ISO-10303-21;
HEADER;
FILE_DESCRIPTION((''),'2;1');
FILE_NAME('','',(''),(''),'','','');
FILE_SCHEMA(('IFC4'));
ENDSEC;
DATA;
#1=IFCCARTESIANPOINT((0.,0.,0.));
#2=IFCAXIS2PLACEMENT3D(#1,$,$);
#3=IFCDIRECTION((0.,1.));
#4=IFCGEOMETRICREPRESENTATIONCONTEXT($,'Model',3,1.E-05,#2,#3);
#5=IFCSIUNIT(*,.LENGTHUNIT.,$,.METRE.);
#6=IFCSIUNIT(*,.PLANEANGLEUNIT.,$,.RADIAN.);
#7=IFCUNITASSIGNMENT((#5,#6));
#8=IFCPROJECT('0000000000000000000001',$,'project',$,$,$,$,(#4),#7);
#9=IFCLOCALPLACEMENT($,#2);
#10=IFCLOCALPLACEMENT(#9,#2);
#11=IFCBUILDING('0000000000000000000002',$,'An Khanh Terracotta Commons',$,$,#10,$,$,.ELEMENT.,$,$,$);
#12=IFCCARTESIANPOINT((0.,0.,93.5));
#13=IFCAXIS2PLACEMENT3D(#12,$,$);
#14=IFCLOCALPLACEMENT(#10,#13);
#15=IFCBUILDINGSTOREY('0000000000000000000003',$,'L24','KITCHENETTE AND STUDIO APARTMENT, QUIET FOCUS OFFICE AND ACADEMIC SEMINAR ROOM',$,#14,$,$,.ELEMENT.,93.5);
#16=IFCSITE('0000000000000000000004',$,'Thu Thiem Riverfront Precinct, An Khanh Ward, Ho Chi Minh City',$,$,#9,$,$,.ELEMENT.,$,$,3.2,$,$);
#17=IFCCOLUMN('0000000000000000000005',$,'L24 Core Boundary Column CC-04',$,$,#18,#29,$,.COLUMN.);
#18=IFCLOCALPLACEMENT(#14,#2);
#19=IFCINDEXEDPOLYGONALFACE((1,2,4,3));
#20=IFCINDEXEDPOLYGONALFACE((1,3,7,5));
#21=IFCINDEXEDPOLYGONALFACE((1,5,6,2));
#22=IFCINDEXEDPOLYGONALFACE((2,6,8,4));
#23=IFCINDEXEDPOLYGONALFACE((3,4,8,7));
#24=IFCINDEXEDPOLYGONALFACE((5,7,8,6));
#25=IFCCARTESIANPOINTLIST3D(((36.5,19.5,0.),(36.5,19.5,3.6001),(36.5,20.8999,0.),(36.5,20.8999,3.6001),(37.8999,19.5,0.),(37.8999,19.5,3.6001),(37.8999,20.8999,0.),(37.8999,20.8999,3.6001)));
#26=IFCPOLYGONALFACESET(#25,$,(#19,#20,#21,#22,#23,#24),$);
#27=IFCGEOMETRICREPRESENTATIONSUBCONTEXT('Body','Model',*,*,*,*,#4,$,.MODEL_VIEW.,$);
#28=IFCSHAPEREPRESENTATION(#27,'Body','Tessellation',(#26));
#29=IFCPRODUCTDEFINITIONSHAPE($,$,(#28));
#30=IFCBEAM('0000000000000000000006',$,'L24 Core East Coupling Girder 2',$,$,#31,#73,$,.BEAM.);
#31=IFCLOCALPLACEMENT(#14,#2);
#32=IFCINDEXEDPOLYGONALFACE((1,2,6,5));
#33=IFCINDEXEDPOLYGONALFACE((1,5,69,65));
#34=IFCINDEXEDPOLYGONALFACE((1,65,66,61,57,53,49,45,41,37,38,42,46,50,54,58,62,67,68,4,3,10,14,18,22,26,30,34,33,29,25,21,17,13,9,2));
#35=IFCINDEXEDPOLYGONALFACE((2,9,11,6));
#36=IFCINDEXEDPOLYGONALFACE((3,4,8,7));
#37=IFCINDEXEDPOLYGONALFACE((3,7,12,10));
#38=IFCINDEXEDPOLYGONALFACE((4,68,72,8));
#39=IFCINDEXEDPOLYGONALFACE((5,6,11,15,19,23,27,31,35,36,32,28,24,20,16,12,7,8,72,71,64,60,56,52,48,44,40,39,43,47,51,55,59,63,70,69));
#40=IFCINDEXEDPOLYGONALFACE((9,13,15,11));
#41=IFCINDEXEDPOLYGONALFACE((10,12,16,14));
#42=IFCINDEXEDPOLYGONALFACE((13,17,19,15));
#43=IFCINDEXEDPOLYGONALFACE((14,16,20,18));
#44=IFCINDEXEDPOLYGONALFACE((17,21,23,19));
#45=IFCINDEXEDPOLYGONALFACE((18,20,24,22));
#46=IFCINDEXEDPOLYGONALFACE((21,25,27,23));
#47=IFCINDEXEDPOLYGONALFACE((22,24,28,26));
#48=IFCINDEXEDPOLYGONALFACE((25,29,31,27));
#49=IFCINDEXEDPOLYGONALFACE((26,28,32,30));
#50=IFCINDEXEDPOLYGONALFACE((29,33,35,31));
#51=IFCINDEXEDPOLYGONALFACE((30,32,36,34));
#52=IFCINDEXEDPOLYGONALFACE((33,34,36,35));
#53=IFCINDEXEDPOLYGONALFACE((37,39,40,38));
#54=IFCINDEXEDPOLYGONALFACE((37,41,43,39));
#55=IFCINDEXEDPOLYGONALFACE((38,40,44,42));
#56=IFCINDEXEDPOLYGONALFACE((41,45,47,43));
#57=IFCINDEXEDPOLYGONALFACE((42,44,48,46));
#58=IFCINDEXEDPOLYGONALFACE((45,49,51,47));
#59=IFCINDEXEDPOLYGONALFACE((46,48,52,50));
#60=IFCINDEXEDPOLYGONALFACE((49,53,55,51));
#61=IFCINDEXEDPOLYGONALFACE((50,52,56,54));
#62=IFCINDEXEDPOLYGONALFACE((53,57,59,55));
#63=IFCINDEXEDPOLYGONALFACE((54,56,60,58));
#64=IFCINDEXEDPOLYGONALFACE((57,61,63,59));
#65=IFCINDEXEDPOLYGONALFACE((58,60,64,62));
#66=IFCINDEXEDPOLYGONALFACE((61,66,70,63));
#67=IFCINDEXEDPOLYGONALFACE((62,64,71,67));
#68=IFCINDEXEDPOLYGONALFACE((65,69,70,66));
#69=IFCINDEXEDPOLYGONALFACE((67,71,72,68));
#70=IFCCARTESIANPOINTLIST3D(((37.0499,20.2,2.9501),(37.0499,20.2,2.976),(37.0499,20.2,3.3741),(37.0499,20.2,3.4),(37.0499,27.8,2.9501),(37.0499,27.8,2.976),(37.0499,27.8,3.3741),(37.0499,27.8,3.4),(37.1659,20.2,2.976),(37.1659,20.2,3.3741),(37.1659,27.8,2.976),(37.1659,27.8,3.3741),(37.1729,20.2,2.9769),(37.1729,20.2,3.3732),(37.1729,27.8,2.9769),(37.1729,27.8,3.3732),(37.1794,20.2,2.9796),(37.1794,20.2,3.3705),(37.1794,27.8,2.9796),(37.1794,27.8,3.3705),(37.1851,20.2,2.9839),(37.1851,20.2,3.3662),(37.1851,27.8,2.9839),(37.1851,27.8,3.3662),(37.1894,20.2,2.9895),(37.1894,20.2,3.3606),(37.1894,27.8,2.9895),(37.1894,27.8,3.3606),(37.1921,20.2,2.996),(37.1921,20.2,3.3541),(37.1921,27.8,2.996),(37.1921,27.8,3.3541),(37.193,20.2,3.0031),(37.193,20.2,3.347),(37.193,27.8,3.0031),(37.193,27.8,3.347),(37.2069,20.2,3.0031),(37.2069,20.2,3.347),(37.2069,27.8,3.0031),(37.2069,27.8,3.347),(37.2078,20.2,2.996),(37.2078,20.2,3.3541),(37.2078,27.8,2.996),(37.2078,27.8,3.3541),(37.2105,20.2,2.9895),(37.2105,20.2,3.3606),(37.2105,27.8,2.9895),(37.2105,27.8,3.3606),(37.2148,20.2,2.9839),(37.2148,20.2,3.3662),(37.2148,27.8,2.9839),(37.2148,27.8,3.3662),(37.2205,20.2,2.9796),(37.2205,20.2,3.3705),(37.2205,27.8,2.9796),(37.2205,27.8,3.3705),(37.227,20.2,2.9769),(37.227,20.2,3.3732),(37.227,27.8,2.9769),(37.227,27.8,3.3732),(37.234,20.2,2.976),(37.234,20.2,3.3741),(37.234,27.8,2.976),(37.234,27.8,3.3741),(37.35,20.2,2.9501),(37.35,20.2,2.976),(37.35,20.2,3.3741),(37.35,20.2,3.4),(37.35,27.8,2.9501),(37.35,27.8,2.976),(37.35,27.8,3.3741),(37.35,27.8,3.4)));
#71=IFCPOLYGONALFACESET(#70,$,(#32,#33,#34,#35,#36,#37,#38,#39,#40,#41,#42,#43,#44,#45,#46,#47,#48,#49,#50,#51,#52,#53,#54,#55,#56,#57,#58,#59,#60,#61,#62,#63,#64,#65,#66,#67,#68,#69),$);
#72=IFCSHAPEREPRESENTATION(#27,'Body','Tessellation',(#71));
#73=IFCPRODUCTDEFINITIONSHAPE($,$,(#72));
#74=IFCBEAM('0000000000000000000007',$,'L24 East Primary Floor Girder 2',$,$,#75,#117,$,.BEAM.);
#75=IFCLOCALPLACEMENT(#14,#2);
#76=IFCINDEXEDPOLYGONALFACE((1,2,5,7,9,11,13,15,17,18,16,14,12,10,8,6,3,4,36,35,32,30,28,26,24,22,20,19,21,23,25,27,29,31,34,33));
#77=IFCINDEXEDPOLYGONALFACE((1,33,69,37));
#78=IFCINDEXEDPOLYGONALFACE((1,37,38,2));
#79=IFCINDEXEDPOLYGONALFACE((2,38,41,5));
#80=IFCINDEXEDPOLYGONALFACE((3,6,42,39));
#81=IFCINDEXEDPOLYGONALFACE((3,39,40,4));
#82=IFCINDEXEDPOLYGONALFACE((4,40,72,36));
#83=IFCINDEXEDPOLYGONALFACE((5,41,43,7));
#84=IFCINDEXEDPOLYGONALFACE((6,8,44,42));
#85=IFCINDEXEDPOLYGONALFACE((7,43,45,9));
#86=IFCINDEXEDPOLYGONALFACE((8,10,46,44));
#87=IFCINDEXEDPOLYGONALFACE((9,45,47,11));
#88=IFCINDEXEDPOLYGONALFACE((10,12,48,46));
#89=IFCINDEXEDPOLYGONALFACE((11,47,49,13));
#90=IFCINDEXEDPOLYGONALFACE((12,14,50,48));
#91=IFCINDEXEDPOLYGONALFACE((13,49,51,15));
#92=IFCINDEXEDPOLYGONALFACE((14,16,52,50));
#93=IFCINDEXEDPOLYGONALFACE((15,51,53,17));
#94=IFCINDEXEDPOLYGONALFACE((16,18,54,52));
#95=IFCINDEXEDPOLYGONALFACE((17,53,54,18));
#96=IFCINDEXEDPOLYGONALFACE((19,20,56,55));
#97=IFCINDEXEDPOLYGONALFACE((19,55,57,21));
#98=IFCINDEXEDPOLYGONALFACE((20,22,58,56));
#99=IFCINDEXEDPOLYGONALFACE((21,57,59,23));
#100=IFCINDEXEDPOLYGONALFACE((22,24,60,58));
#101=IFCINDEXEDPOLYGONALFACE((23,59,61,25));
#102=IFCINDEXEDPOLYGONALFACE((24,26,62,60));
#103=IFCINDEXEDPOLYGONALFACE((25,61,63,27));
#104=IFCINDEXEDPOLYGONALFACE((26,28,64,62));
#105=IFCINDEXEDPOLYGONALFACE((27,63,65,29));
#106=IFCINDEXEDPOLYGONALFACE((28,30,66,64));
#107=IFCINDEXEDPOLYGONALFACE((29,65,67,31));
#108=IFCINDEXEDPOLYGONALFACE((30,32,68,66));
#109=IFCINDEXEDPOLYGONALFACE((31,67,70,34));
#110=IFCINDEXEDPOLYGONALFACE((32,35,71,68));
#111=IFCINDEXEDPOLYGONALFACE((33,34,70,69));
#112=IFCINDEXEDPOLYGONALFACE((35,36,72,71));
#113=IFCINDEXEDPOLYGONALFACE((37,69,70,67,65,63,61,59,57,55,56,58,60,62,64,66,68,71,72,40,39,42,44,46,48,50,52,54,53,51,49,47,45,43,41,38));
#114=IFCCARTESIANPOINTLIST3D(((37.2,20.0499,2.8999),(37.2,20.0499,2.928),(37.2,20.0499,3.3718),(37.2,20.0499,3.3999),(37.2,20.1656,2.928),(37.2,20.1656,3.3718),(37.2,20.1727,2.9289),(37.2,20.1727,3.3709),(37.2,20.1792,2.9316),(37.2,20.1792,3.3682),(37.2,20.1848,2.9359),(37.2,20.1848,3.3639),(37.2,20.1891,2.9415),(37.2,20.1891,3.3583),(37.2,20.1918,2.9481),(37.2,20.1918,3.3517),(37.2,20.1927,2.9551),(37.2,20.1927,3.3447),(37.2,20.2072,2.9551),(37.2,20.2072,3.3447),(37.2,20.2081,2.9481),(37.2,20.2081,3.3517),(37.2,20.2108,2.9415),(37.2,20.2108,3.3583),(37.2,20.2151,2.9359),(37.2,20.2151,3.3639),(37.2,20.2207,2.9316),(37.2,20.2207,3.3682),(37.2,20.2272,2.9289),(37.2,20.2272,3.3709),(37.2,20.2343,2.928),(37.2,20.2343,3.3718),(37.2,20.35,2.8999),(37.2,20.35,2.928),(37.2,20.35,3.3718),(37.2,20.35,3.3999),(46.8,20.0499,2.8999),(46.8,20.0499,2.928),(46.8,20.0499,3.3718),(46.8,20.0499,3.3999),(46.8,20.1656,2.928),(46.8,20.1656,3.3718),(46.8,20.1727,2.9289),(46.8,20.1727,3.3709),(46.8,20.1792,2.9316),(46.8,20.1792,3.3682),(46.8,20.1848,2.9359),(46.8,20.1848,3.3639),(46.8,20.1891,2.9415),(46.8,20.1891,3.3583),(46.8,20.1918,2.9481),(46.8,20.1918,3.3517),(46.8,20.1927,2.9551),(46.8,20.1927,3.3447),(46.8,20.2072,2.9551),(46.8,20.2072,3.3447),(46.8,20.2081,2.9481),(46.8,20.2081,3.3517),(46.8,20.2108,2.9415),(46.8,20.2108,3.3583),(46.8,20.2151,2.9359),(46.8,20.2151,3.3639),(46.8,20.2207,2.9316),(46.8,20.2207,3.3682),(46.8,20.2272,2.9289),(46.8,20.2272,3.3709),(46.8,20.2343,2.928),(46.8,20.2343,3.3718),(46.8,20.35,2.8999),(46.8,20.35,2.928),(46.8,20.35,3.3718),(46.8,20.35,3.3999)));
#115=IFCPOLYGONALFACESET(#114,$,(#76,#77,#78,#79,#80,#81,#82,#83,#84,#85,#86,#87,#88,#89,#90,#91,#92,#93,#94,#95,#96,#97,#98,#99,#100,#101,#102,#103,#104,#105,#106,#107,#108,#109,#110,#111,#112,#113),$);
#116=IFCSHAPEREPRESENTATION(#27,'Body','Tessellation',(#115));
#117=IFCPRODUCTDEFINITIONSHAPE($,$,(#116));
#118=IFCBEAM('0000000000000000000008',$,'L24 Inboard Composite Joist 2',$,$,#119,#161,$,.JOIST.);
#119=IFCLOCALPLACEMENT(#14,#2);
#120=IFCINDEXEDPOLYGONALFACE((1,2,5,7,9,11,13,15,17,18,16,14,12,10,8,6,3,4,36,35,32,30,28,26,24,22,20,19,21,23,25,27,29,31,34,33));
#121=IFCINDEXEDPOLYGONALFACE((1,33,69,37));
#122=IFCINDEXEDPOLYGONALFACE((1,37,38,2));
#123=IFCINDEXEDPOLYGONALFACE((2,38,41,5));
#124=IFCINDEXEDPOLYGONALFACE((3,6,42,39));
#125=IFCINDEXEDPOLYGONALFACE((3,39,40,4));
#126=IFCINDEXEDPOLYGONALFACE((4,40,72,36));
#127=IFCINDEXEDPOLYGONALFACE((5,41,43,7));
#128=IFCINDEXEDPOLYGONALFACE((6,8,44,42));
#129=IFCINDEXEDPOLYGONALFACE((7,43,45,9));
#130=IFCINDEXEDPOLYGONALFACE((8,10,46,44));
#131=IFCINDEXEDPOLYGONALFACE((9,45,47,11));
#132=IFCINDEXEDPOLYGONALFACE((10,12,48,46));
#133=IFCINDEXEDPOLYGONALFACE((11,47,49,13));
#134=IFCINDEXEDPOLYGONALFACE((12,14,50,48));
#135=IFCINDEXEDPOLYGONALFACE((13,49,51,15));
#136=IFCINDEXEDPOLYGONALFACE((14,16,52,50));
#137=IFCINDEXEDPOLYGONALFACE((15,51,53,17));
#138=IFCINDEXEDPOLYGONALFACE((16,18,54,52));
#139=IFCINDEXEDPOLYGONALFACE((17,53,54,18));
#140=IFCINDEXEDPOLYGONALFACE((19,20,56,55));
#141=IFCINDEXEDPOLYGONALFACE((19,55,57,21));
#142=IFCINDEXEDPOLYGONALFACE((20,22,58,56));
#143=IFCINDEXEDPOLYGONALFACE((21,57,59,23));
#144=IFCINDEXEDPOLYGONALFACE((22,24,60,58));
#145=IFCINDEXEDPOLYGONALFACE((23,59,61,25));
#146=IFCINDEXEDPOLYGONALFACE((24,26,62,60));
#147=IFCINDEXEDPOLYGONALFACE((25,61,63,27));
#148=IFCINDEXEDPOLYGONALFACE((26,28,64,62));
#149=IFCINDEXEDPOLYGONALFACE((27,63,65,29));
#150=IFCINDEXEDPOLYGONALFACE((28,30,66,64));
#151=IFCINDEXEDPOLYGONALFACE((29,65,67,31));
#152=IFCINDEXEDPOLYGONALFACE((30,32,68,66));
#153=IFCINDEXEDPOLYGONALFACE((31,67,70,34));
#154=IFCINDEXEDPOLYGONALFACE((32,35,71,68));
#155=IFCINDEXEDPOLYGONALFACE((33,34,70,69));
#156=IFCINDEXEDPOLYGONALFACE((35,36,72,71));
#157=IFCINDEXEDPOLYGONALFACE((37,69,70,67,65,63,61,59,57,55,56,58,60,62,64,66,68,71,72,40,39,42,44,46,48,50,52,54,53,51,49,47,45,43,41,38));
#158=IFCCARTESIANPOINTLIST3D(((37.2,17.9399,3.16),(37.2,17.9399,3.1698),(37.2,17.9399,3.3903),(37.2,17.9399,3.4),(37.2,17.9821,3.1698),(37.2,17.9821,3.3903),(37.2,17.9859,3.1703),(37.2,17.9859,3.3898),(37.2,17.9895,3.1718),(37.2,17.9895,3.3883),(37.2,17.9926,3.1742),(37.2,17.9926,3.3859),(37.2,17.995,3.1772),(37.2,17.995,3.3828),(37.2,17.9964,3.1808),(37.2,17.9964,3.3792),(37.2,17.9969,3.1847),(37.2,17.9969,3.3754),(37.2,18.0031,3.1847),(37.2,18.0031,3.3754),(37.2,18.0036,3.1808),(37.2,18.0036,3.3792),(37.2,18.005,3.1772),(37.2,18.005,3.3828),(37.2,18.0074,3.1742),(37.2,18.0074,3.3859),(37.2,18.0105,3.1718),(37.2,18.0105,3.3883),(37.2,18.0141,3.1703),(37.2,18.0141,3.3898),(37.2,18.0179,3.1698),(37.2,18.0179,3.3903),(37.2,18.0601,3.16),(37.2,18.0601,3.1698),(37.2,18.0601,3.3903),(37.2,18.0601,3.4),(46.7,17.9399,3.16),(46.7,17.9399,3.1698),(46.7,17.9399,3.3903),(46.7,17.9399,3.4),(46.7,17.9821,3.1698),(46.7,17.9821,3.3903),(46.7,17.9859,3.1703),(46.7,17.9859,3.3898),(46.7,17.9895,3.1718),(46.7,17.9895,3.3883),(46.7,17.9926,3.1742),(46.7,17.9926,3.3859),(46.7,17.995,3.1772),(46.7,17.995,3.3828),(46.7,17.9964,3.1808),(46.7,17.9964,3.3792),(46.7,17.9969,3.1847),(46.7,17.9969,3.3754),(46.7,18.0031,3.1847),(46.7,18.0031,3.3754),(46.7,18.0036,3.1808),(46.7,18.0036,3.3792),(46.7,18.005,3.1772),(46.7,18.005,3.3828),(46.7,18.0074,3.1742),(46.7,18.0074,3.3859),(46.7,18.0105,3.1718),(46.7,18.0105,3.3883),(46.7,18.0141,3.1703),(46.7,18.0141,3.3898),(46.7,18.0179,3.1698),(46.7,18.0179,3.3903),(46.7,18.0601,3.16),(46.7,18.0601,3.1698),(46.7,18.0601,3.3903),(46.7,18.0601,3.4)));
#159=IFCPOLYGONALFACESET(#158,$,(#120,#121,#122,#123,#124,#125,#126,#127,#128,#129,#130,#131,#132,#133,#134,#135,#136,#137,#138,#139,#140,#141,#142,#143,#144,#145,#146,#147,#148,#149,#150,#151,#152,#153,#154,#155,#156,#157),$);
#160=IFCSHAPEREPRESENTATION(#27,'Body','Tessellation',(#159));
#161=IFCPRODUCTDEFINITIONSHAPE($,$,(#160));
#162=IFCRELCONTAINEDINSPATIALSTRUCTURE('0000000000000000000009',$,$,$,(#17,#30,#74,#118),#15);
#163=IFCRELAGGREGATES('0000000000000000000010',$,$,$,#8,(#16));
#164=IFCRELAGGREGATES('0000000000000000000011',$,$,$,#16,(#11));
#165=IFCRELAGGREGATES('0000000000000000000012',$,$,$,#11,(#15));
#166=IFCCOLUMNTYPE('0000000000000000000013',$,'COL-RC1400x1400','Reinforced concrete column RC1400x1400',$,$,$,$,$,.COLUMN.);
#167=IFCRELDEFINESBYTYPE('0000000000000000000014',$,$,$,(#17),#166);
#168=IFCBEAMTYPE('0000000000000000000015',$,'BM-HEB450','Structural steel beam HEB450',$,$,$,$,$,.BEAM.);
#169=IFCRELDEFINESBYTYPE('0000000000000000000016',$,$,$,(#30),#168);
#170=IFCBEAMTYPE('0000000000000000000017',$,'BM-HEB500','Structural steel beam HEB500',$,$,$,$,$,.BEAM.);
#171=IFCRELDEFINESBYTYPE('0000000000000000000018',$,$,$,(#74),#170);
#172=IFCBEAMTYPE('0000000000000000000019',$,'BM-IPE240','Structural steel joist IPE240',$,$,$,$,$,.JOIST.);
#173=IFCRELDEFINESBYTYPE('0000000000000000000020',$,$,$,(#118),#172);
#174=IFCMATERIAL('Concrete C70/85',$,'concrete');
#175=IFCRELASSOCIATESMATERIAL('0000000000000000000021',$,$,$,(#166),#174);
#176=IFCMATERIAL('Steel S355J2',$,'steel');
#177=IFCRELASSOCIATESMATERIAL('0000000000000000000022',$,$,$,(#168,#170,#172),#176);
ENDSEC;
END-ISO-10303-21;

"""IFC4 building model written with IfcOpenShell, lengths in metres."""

from ifc_helpers import new_model, si_unit, direction, frame, origin, origin_2d, place, context, subcontext, project, spatial, rectangle, i_section, extrude, material, material_profile, profile_set, type_object, element, save


model = new_model("IFC4")

# Units and contexts
model_context = context("Model", 3, precision=1e-05, world=origin(), true_north=direction((0.0, 1.0)))
body_context = subcontext(model_context, "Body", "Model", "MODEL_VIEW")
ifc_project = project(units=[si_unit("LENGTHUNIT", "METRE"), si_unit("PLANEANGLEUNIT", "RADIAN")], contexts=[model_context])

# Site, building, storey
site_placement = place(None, origin())
site = spatial("IfcSite", under=ifc_project, at=site_placement, Name="Thu Thiem Riverfront Precinct, An Khanh Ward, Ho Chi Minh City", CompositionType="ELEMENT", RefElevation=3.2)
building_placement = place(site_placement, origin())
building = spatial("IfcBuilding", under=site, at=building_placement, Name="An Khanh Terracotta Commons", CompositionType="ELEMENT")
storey_placement = place(building_placement, frame((0.0, 0.0, 93.5)))
storey = spatial("IfcBuildingStorey", under=building, at=storey_placement, Name="L24", Description="KITCHENETTE AND STUDIO APARTMENT, QUIET FOCUS OFFICE AND ACADEMIC SEMINAR ROOM", CompositionType="ELEMENT", Elevation=93.5)

# Column
ifc_material_1 = material(Name="Concrete C70/85", Category="concrete")
ifc_material_profile_1 = material_profile(ifc_material_1, rectangle(XDim=1.3999, YDim=1.3999, at=origin_2d()), Name="RC1400x1400")
ifc_profile_set_1 = profile_set([ifc_material_profile_1], Name="Concrete C70/85")
column_type = type_object("IfcColumnType", Name="COL-RC1400x1400", Description="Reinforced concrete column RC1400x1400", PredefinedType="COLUMN", material=ifc_profile_set_1)
column_placement = place(storey_placement, frame((37.2, 20.2, 0.0), z_axis=(0.0, 0.0, 1.0), x_axis=(1.0, 0.0, 0.0)))
element("IfcColumn", 1, at=column_placement, inside=storey, type_object=column_type, Name="L24 Core Boundary Column CC-04", PredefinedType="COLUMN", context=body_context, shape_type="SweptSolid", body=[
    extrude(rectangle(XDim=1.3999, YDim=1.3999, at=origin_2d()), origin(), (0.0, 0.0, 1.0), 3.6001),
])

# Beams
ifc_material_2 = material(Name="Steel S355J2", Category="steel")
ifc_material_profile_2 = material_profile(ifc_material_2, i_section(OverallWidth=0.3, OverallDepth=0.45, WebThickness=0.0139, FlangeThickness=0.0259, FilletRadius=0.0271, at=origin_2d()), Name="HEB450")
ifc_profile_set_2 = profile_set([ifc_material_profile_2], Name="Steel S355J2")
beam_type_1 = type_object("IfcBeamType", Name="BM-HEB450", Description="Structural steel beam HEB450", PredefinedType="BEAM", material=ifc_profile_set_2)
beam_1_placement = place(storey_placement, frame((37.2, 20.2, 3.175), z_axis=(0.0, 1.0, 0.0), x_axis=(-1.0, 0.0, 0.0)))
element("IfcBeam", 2, at=beam_1_placement, inside=storey, type_object=beam_type_1, Name="L24 Core East Coupling Girder 2", PredefinedType="BEAM", context=body_context, shape_type="SweptSolid", body=[
    extrude(i_section(OverallWidth=0.3, OverallDepth=0.45, WebThickness=0.0139, FlangeThickness=0.0259, FilletRadius=0.0271, at=origin_2d()), origin(), (0.0, 0.0, 1.0), 7.6001),
])
ifc_material_profile_3 = material_profile(ifc_material_2, i_section(OverallWidth=0.3, OverallDepth=0.5, WebThickness=0.0144, FlangeThickness=0.0281, FilletRadius=0.0271, at=origin_2d()), Name="HEB500")
ifc_profile_set_3 = profile_set([ifc_material_profile_3], Name="Steel S355J2")
beam_type_2 = type_object("IfcBeamType", Name="BM-HEB500", Description="Structural steel beam HEB500", PredefinedType="BEAM", material=ifc_profile_set_3)
beam_2_placement = place(storey_placement, frame((37.2, 20.2, 3.1499), z_axis=(1.0, 0.0, 0.0), x_axis=(0.0, 1.0, 0.0)))
element("IfcBeam", 3, at=beam_2_placement, inside=storey, type_object=beam_type_2, Name="L24 East Primary Floor Girder 2", PredefinedType="BEAM", context=body_context, shape_type="SweptSolid", body=[
    extrude(i_section(OverallWidth=0.3, OverallDepth=0.5, WebThickness=0.0144, FlangeThickness=0.0281, FilletRadius=0.0271, at=origin_2d()), origin(), (0.0, 0.0, 1.0), 9.6001),
])
ifc_material_profile_4 = material_profile(ifc_material_2, i_section(OverallWidth=0.1201, OverallDepth=0.24, WebThickness=0.0061, FlangeThickness=0.0098, FilletRadius=0.0149, at=origin_2d()), Name="IPE240")
ifc_profile_set_4 = profile_set([ifc_material_profile_4], Name="Steel S355J2")
beam_type_3 = type_object("IfcBeamType", Name="BM-IPE240", Description="Structural steel joist IPE240", PredefinedType="JOIST", material=ifc_profile_set_4)
beam_3_placement = place(storey_placement, frame((37.2, 18.0, 3.28), z_axis=(1.0, 0.0, 0.0), x_axis=(0.0, 1.0, 0.0)))
element("IfcBeam", 4, at=beam_3_placement, inside=storey, type_object=beam_type_3, Name="L24 Inboard Composite Joist 2", PredefinedType="JOIST", context=body_context, shape_type="SweptSolid", body=[
    extrude(i_section(OverallWidth=0.1201, OverallDepth=0.24, WebThickness=0.0061, FlangeThickness=0.0098, FilletRadius=0.0149, at=origin_2d()), origin(), (0.0, 0.0, 1.0), 9.5),
])

save(model, "model.ifc")
